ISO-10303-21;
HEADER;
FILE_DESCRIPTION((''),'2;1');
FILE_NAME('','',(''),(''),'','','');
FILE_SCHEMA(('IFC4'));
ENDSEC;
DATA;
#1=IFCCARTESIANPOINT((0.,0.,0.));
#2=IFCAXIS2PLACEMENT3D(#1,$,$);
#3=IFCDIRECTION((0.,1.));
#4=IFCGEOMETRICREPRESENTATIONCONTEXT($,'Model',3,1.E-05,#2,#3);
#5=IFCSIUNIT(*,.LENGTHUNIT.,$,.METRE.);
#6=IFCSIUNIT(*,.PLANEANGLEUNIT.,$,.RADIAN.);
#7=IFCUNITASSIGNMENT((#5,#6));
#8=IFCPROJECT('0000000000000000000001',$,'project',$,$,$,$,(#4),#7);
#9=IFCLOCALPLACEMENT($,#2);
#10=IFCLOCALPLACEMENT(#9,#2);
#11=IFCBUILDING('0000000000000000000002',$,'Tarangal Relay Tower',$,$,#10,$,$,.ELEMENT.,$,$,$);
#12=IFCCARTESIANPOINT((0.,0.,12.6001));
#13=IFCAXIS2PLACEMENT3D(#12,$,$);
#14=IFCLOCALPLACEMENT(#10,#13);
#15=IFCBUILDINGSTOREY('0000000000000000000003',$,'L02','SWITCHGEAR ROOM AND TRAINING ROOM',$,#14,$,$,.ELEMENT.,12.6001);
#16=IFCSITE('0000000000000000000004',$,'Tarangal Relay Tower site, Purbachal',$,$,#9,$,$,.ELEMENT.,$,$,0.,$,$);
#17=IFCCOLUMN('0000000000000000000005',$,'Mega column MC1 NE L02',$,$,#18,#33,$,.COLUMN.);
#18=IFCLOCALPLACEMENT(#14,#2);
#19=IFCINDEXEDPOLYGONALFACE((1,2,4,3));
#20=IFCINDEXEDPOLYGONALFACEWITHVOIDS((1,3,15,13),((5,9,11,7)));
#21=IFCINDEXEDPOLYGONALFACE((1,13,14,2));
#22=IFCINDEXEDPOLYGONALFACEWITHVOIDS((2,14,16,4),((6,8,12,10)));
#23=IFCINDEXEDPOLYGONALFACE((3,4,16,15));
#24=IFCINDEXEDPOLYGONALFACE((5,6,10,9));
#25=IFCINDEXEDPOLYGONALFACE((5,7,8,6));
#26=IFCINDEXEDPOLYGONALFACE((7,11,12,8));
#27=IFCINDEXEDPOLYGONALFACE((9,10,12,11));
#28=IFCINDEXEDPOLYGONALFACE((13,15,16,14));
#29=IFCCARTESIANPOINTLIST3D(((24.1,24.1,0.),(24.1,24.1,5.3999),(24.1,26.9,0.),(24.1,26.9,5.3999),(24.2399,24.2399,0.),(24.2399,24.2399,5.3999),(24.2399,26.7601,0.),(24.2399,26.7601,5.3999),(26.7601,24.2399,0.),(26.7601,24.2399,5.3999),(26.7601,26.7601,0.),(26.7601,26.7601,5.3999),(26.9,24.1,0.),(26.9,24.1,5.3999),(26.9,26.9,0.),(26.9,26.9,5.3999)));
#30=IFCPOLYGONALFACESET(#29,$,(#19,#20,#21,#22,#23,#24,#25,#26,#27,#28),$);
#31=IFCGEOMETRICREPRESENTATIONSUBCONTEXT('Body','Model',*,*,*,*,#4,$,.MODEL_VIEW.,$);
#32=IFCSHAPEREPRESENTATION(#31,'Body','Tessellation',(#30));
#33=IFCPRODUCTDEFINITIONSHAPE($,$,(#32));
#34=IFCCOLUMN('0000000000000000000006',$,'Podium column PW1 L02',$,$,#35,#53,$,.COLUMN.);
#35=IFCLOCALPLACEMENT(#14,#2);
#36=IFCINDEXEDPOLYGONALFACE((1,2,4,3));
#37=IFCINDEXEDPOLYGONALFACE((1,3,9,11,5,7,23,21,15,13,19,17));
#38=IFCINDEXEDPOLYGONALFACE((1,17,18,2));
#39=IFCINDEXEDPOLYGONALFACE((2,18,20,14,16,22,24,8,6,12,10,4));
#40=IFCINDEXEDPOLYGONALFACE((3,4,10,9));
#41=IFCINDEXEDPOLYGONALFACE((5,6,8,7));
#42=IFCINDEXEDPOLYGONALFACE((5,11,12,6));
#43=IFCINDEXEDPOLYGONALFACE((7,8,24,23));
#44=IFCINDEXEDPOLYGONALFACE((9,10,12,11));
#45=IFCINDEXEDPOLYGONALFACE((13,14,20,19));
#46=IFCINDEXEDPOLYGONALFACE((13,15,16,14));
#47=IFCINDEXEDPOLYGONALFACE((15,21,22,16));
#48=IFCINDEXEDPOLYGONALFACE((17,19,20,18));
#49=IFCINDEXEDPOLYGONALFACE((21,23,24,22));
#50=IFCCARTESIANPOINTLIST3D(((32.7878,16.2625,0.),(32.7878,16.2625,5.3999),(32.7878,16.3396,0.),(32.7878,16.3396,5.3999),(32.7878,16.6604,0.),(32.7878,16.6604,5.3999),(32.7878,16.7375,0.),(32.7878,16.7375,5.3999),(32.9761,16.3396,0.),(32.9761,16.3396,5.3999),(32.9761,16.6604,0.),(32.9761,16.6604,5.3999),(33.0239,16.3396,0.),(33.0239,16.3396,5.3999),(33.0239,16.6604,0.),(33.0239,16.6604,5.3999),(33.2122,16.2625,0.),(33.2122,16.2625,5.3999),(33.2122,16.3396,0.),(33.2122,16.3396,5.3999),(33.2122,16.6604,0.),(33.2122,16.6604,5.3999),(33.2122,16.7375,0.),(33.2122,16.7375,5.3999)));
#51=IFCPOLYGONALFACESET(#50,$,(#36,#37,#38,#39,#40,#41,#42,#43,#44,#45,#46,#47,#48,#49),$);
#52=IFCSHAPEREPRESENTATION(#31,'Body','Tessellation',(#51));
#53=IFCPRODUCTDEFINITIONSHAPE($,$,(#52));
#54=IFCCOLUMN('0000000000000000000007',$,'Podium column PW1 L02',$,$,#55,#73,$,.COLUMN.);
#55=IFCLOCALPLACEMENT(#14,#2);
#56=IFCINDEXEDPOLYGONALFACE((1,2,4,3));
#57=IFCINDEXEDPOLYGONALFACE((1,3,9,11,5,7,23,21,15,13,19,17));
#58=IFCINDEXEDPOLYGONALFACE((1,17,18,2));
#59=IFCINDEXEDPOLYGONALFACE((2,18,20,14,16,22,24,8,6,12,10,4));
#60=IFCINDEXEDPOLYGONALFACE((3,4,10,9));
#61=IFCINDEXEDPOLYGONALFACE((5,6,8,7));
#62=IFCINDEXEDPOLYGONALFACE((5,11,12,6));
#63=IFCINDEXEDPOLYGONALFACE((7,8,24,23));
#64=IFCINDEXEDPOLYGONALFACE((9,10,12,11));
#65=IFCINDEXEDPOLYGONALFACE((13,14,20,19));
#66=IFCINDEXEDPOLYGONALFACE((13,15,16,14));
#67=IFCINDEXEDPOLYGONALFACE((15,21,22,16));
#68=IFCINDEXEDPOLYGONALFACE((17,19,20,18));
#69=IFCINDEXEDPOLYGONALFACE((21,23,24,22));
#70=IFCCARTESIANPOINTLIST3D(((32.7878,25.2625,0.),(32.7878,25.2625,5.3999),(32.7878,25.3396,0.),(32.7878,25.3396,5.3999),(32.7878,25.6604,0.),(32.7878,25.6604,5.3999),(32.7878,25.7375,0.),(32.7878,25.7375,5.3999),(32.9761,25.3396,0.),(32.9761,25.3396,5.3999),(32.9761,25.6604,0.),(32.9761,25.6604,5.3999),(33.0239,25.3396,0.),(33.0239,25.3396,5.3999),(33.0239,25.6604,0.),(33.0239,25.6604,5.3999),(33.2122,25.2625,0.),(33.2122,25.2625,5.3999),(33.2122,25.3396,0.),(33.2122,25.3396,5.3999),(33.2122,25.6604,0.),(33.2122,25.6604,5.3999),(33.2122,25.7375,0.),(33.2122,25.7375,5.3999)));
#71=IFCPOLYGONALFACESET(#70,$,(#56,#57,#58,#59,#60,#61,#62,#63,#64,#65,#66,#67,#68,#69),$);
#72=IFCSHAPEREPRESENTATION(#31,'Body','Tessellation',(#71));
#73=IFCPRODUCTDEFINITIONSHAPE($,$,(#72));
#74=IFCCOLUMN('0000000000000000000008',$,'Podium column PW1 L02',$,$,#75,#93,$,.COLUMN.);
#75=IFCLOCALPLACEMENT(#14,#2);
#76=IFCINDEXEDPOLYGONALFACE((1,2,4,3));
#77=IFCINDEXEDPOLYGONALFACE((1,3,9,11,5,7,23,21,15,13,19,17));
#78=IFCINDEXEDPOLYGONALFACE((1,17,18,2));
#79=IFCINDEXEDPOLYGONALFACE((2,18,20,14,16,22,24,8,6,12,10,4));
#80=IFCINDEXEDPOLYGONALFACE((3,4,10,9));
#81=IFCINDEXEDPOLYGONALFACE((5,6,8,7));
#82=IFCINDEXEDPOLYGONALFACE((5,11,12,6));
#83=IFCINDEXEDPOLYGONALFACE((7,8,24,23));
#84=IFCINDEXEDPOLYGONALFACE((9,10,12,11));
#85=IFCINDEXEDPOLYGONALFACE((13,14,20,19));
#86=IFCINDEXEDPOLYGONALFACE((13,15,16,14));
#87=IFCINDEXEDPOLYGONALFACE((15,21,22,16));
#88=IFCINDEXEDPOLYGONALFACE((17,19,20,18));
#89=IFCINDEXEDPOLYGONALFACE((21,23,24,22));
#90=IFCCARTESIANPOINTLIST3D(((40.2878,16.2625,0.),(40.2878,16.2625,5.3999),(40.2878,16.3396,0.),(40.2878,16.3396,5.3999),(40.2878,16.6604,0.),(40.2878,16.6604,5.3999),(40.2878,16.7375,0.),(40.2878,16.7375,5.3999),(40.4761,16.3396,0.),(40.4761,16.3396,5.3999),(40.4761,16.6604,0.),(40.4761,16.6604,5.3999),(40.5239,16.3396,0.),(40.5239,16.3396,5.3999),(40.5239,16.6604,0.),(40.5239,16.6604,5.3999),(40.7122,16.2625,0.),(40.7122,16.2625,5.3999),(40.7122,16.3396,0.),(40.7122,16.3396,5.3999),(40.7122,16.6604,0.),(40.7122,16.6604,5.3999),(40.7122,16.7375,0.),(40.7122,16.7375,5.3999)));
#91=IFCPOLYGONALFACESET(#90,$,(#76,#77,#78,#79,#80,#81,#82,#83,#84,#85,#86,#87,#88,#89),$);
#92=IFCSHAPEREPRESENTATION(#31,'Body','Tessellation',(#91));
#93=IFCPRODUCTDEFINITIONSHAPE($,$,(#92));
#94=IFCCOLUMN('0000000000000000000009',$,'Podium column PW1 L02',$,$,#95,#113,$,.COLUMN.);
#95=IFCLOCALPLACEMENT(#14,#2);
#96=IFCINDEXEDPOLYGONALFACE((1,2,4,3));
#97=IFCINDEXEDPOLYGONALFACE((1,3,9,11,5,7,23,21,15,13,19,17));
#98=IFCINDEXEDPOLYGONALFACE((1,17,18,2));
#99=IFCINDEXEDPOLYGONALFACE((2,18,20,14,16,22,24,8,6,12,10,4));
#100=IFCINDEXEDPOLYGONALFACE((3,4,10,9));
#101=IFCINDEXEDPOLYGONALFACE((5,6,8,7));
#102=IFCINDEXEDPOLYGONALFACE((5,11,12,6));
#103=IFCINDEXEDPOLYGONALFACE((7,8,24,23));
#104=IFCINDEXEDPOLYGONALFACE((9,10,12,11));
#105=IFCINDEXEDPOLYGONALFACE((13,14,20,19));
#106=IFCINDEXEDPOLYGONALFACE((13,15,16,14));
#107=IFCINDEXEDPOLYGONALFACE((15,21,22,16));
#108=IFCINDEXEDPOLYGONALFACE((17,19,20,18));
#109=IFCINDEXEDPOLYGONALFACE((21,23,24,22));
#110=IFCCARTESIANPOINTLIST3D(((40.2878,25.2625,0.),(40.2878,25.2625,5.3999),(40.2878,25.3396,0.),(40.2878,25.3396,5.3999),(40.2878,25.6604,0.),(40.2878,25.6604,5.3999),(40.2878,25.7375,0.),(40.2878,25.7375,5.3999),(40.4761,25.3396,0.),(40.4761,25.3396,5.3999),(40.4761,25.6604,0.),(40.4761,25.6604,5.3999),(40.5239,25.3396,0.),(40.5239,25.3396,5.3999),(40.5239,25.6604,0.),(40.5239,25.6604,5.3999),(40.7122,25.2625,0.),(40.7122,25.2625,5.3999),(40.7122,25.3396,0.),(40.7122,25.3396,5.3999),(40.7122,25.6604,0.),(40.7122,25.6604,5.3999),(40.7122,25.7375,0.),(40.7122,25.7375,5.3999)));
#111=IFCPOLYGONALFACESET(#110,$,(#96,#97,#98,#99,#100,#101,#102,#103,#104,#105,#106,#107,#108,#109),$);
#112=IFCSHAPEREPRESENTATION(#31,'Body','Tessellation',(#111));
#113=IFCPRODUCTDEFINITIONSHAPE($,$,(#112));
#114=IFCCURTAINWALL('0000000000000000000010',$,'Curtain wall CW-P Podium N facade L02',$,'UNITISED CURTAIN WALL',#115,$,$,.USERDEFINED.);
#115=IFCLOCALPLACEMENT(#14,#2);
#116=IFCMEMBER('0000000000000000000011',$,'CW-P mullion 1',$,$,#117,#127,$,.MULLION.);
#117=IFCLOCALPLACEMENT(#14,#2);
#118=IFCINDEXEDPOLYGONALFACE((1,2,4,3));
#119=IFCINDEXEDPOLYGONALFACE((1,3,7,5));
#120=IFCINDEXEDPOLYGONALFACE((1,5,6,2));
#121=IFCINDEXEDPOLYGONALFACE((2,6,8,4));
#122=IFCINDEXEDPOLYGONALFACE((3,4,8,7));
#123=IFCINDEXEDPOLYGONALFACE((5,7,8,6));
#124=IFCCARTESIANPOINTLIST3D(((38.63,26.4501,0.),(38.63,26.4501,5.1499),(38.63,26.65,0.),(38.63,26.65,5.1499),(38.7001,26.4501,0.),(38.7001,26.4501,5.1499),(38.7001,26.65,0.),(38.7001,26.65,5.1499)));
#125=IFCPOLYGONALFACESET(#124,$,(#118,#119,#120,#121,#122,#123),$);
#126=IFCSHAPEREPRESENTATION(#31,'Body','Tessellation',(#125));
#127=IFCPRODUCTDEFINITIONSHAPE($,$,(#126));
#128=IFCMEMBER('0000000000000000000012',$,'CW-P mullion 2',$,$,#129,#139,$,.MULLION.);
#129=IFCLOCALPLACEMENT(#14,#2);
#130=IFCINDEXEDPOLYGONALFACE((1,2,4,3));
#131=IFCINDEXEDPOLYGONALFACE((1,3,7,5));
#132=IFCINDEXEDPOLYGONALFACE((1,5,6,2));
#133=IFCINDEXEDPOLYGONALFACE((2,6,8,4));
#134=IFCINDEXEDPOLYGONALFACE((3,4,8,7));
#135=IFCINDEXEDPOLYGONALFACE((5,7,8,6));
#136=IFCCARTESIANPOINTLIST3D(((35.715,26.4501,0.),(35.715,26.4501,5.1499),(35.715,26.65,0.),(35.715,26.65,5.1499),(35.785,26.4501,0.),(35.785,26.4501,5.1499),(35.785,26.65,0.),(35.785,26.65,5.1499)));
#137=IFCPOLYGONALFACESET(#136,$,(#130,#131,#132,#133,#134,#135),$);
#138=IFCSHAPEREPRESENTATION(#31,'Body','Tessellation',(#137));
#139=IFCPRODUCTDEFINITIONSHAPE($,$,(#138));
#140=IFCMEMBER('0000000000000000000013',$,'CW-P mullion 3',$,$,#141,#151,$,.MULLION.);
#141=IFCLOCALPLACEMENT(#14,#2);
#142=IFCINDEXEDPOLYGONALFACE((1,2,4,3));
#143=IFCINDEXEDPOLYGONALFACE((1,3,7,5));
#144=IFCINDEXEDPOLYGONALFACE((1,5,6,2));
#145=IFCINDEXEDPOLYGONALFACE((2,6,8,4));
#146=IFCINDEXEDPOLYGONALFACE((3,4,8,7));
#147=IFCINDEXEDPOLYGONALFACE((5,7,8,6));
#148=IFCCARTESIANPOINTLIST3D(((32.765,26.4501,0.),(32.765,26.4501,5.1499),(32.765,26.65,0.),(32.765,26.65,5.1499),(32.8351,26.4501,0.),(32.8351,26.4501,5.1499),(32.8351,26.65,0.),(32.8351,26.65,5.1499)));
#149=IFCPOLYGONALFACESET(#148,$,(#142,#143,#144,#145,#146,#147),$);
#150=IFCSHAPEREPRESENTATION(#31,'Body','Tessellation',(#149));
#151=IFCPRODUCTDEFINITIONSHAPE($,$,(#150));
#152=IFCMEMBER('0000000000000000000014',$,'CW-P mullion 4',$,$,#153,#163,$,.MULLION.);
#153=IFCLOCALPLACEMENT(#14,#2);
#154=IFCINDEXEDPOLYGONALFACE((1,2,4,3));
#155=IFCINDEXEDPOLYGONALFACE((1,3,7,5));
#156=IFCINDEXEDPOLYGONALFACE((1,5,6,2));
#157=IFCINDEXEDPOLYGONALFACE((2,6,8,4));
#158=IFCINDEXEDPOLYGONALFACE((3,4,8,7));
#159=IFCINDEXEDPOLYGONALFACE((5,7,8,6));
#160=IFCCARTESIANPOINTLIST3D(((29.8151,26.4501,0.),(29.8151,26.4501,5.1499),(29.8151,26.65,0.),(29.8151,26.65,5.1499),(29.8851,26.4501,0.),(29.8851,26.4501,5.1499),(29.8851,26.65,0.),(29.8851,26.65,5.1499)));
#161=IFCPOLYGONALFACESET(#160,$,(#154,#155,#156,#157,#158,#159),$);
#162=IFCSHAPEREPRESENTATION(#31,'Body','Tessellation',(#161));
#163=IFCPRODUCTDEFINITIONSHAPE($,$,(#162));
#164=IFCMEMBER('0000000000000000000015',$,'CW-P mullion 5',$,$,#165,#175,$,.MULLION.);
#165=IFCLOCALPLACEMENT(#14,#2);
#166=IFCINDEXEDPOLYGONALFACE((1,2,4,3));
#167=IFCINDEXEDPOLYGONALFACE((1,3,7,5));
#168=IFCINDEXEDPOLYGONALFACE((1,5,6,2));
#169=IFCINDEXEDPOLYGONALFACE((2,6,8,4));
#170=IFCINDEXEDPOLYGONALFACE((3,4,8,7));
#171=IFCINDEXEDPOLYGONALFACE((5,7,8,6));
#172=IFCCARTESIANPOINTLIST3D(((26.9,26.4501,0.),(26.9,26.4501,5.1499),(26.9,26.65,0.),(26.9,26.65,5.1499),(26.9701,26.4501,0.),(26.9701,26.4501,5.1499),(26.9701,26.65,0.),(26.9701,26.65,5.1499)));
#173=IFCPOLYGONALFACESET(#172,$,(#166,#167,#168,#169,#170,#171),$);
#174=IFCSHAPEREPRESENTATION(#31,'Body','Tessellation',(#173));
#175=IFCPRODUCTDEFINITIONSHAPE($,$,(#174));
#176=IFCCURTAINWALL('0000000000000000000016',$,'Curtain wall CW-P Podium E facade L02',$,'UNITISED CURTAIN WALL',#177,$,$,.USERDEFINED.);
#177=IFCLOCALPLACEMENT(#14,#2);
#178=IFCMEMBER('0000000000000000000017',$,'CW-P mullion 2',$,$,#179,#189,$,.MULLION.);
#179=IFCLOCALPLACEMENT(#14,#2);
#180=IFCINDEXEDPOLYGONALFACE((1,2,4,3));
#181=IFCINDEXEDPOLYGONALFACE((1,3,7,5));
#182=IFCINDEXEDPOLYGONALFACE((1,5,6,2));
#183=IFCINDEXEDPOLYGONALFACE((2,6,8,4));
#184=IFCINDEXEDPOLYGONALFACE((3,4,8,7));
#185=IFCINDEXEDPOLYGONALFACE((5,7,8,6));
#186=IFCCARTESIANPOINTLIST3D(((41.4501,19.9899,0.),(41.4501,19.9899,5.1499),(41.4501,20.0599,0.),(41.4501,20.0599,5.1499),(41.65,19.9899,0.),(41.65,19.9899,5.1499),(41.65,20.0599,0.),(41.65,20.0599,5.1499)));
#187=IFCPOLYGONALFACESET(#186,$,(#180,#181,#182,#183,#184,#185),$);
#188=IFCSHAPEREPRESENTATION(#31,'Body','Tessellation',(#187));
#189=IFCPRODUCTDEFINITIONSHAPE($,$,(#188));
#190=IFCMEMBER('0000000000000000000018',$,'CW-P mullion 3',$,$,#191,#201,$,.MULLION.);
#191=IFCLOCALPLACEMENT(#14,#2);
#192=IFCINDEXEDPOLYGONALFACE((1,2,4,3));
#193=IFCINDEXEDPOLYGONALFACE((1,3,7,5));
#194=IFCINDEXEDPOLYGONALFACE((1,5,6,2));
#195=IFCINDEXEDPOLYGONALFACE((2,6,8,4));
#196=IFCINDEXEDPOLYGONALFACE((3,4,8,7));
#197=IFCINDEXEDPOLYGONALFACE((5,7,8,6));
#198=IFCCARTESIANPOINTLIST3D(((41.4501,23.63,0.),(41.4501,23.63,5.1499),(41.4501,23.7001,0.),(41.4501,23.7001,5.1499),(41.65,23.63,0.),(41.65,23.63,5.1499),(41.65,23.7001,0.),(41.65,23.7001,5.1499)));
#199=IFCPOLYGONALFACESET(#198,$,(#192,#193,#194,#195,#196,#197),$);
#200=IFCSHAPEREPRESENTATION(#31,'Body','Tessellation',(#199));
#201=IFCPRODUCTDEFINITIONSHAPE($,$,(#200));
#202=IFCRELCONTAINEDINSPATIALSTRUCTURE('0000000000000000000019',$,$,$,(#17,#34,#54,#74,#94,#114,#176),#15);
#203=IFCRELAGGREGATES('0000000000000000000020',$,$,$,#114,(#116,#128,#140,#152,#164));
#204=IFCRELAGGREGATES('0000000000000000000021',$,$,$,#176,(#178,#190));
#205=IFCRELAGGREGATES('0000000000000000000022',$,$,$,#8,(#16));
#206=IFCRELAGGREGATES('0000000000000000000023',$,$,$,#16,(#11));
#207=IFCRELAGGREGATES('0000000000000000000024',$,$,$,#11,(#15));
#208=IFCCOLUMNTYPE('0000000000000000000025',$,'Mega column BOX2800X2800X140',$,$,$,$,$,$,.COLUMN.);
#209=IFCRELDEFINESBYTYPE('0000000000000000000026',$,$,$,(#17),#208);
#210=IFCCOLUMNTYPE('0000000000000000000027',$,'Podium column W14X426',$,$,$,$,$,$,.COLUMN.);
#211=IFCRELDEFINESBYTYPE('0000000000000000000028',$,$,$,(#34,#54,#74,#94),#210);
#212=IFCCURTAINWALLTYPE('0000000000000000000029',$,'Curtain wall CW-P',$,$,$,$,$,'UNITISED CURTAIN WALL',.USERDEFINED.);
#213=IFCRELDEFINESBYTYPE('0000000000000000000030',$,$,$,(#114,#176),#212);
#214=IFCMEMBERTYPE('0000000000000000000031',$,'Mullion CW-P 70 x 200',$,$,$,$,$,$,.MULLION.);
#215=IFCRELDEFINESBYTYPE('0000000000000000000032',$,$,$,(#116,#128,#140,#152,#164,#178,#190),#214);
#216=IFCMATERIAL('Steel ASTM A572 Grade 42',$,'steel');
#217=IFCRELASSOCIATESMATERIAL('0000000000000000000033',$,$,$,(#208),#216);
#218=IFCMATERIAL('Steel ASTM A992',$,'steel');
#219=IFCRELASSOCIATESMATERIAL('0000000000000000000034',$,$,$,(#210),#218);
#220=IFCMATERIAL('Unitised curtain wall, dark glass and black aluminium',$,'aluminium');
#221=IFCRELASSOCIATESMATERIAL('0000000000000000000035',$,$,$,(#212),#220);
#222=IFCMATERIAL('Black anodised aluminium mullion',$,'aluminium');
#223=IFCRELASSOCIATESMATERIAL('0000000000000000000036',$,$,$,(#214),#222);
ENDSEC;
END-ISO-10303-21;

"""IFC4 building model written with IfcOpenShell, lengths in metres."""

from ifc_helpers import new_model, si_unit, direction, frame, origin, origin_2d, place, context, subcontext, project, spatial, rectangle, hollow_rectangle, i_section, extrude, material, material_profile, profile_set, type_object, element, aggregate, save


model = new_model("IFC4")

# Units and contexts
model_context = context("Model", 3, precision=1e-05, world=origin(), true_north=direction((0.0, 1.0)))
body_context = subcontext(model_context, "Body", "Model", "MODEL_VIEW")
ifc_project = project(units=[si_unit("LENGTHUNIT", "METRE"), si_unit("PLANEANGLEUNIT", "RADIAN")], contexts=[model_context])

# Site, building, storey
site_placement = place(None, origin())
site = spatial("IfcSite", under=ifc_project, at=site_placement, Name="Tarangal Relay Tower site, Purbachal", CompositionType="ELEMENT", RefElevation=0.0)
building_placement = place(site_placement, origin())
building = spatial("IfcBuilding", under=site, at=building_placement, Name="Tarangal Relay Tower", CompositionType="ELEMENT")
storey_placement = place(building_placement, frame((0.0, 0.0, 12.6001)))
storey = spatial("IfcBuildingStorey", under=building, at=storey_placement, Name="L02", Description="SWITCHGEAR ROOM AND TRAINING ROOM", CompositionType="ELEMENT", Elevation=12.6001)

# Columns
ifc_material_1 = material(Name="Steel ASTM A572 Grade 42", Category="steel")
ifc_material_profile_1 = material_profile(ifc_material_1, hollow_rectangle(XDim=2.8, YDim=2.8, WallThickness=0.1399, at=origin_2d()), Name="BOX2800X2800X140")
ifc_profile_set_1 = profile_set([ifc_material_profile_1], Name="Steel ASTM A572 Grade 42")
column_type_1 = type_object("IfcColumnType", Name="Mega column BOX2800X2800X140", PredefinedType="COLUMN", material=ifc_profile_set_1)
column_placement = place(storey_placement, frame((25.5, 25.5, 0.0), z_axis=(0.0, 0.0, 1.0), x_axis=(1.0, 0.0, 0.0)))
element("IfcColumn", 1, at=column_placement, inside=storey, type_object=column_type_1, Name="Mega column MC1 NE L02", PredefinedType="COLUMN", context=body_context, shape_type="SweptSolid", body=[
    extrude(hollow_rectangle(XDim=2.8, YDim=2.8, WallThickness=0.1399, at=origin_2d()), origin(), (0.0, 0.0, 1.0), 5.3999),
])
ifc_material_2 = material(Name="Steel ASTM A992", Category="steel")
ifc_material_profile_2 = material_profile(ifc_material_2, i_section(OverallWidth=0.4243, OverallDepth=0.4751, WebThickness=0.0479, FlangeThickness=0.0771, at=origin_2d()), Name="W14X426")
ifc_profile_set_2 = profile_set([ifc_material_profile_2], Name="Steel ASTM A992")
column_type_2 = type_object("IfcColumnType", Name="Podium column W14X426", PredefinedType="COLUMN", material=ifc_profile_set_2)
for number, where, z_axis, x_axis, name in (
    (2, (33.0, 16.5, 0.0), (0.0, 0.0, 1.0), (1.0, 0.0, 0.0), "Podium column PW1 L02"),
    (3, (33.0, 25.5, 0.0), (0.0, 0.0, 1.0), (1.0, 0.0, 0.0), "Podium column PW1 L02"),
    (4, (40.5, 16.5, 0.0), (0.0, 0.0, 1.0), (1.0, 0.0, 0.0), "Podium column PW1 L02"),
    (5, (40.5, 25.5, 0.0), (0.0, 0.0, 1.0), (1.0, 0.0, 0.0), "Podium column PW1 L02"),
):
    element("IfcColumn", number, at=place(storey_placement, frame(where, z_axis=z_axis, x_axis=x_axis)), inside=storey, type_object=column_type_2, Name=name, PredefinedType="COLUMN", context=body_context, shape_type="SweptSolid", body=[
        extrude(i_section(OverallWidth=0.4243, OverallDepth=0.4751, WebThickness=0.0479, FlangeThickness=0.0771, at=origin_2d()), origin(), (0.0, 0.0, 1.0), 5.3999),
    ])

# Curtain walls, members
ifc_material_3 = material(Name="Unitised curtain wall, dark glass and black aluminium", Category="aluminium")
curtain_wall_type = type_object("IfcCurtainWallType", Name="Curtain wall CW-P", ElementType="UNITISED CURTAIN WALL", PredefinedType="USERDEFINED", material=ifc_material_3)
curtain_wall_1_placement = place(storey_placement, origin())
curtain_wall_1 = element("IfcCurtainWall", 6, at=curtain_wall_1_placement, inside=storey, type_object=curtain_wall_type, Name="Curtain wall CW-P Podium N facade L02", ObjectType="UNITISED CURTAIN WALL", PredefinedType="USERDEFINED")
ifc_material_4 = material(Name="Black anodised aluminium mullion", Category="aluminium")
ifc_material_profile_3 = material_profile(ifc_material_4, rectangle(XDim=0.2, YDim=0.0701, at=origin_2d()), Name="CW-PM 70X200")
ifc_profile_set_3 = profile_set([ifc_material_profile_3], Name="Black anodised aluminium mullion")
member_type_1 = type_object("IfcMemberType", Name="Mullion CW-P 70 x 200", PredefinedType="MULLION", material=ifc_profile_set_3)
member_1_placement = place(storey_placement, frame((38.665, 26.55, 0.0), z_axis=(0.0, 0.0, 1.0), x_axis=(0.0, -1.0, 0.0)))
member_1 = element("IfcMember", 7, at=member_1_placement, type_object=member_type_1, Name="CW-P mullion 1", PredefinedType="MULLION", context=body_context, shape_type="SweptSolid", body=[
    extrude(rectangle(XDim=0.2, YDim=0.0701, at=origin_2d()), origin(), (0.0, 0.0, 1.0), 5.1499),
])
member_2_placement = place(storey_placement, frame((35.75, 26.55, 0.0), z_axis=(0.0, 0.0, 1.0), x_axis=(0.0, -1.0, 0.0)))
member_2 = element("IfcMember", 8, at=member_2_placement, type_object=member_type_1, Name="CW-P mullion 2", PredefinedType="MULLION", context=body_context, shape_type="SweptSolid", body=[
    extrude(rectangle(XDim=0.2, YDim=0.0701, at=origin_2d()), origin(), (0.0, 0.0, 1.0), 5.1499),
])
member_3_placement = place(storey_placement, frame((32.8, 26.55, 0.0), z_axis=(0.0, 0.0, 1.0), x_axis=(0.0, -1.0, 0.0)))
member_3 = element("IfcMember", 9, at=member_3_placement, type_object=member_type_1, Name="CW-P mullion 3", PredefinedType="MULLION", context=body_context, shape_type="SweptSolid", body=[
    extrude(rectangle(XDim=0.2, YDim=0.0701, at=origin_2d()), origin(), (0.0, 0.0, 1.0), 5.1499),
])
member_4_placement = place(storey_placement, frame((29.8501, 26.55, 0.0), z_axis=(0.0, 0.0, 1.0), x_axis=(0.0, -1.0, 0.0)))
member_4 = element("IfcMember", 10, at=member_4_placement, type_object=member_type_1, Name="CW-P mullion 4", PredefinedType="MULLION", context=body_context, shape_type="SweptSolid", body=[
    extrude(rectangle(XDim=0.2, YDim=0.0701, at=origin_2d()), origin(), (0.0, 0.0, 1.0), 5.1499),
])
member_5_placement = place(storey_placement, frame((26.9351, 26.55, 0.0), z_axis=(0.0, 0.0, 1.0), x_axis=(0.0, -1.0, 0.0)))
member_5 = element("IfcMember", 11, at=member_5_placement, type_object=member_type_1, Name="CW-P mullion 5", PredefinedType="MULLION", context=body_context, shape_type="SweptSolid", body=[
    extrude(rectangle(XDim=0.2, YDim=0.0701, at=origin_2d()), origin(), (0.0, 0.0, 1.0), 5.1499),
])
curtain_wall_2_placement = place(storey_placement, origin())
curtain_wall_2 = element("IfcCurtainWall", 12, at=curtain_wall_2_placement, inside=storey, type_object=curtain_wall_type, Name="Curtain wall CW-P Podium E facade L02", ObjectType="UNITISED CURTAIN WALL", PredefinedType="USERDEFINED")
member_6_placement = place(storey_placement, frame((41.55, 20.0249, 0.0), z_axis=(0.0, 0.0, 1.0), x_axis=(-1.0, 0.0, 0.0)))
member_6 = element("IfcMember", 13, at=member_6_placement, type_object=member_type_1, Name="CW-P mullion 2", PredefinedType="MULLION", context=body_context, shape_type="SweptSolid", body=[
    extrude(rectangle(XDim=0.2, YDim=0.0701, at=origin_2d()), origin(), (0.0, 0.0, 1.0), 5.1499),
])
member_7_placement = place(storey_placement, frame((41.55, 23.665, 0.0), z_axis=(0.0, 0.0, 1.0), x_axis=(-1.0, 0.0, 0.0)))
member_7 = element("IfcMember", 14, at=member_7_placement, type_object=member_type_1, Name="CW-P mullion 3", PredefinedType="MULLION", context=body_context, shape_type="SweptSolid", body=[
    extrude(rectangle(XDim=0.2, YDim=0.0701, at=origin_2d()), origin(), (0.0, 0.0, 1.0), 5.1499),
])

aggregate(curtain_wall_1, [member_1, member_2, member_3, member_4, member_5])
aggregate(curtain_wall_2, [member_6, member_7])

save(model, "model.ifc")
